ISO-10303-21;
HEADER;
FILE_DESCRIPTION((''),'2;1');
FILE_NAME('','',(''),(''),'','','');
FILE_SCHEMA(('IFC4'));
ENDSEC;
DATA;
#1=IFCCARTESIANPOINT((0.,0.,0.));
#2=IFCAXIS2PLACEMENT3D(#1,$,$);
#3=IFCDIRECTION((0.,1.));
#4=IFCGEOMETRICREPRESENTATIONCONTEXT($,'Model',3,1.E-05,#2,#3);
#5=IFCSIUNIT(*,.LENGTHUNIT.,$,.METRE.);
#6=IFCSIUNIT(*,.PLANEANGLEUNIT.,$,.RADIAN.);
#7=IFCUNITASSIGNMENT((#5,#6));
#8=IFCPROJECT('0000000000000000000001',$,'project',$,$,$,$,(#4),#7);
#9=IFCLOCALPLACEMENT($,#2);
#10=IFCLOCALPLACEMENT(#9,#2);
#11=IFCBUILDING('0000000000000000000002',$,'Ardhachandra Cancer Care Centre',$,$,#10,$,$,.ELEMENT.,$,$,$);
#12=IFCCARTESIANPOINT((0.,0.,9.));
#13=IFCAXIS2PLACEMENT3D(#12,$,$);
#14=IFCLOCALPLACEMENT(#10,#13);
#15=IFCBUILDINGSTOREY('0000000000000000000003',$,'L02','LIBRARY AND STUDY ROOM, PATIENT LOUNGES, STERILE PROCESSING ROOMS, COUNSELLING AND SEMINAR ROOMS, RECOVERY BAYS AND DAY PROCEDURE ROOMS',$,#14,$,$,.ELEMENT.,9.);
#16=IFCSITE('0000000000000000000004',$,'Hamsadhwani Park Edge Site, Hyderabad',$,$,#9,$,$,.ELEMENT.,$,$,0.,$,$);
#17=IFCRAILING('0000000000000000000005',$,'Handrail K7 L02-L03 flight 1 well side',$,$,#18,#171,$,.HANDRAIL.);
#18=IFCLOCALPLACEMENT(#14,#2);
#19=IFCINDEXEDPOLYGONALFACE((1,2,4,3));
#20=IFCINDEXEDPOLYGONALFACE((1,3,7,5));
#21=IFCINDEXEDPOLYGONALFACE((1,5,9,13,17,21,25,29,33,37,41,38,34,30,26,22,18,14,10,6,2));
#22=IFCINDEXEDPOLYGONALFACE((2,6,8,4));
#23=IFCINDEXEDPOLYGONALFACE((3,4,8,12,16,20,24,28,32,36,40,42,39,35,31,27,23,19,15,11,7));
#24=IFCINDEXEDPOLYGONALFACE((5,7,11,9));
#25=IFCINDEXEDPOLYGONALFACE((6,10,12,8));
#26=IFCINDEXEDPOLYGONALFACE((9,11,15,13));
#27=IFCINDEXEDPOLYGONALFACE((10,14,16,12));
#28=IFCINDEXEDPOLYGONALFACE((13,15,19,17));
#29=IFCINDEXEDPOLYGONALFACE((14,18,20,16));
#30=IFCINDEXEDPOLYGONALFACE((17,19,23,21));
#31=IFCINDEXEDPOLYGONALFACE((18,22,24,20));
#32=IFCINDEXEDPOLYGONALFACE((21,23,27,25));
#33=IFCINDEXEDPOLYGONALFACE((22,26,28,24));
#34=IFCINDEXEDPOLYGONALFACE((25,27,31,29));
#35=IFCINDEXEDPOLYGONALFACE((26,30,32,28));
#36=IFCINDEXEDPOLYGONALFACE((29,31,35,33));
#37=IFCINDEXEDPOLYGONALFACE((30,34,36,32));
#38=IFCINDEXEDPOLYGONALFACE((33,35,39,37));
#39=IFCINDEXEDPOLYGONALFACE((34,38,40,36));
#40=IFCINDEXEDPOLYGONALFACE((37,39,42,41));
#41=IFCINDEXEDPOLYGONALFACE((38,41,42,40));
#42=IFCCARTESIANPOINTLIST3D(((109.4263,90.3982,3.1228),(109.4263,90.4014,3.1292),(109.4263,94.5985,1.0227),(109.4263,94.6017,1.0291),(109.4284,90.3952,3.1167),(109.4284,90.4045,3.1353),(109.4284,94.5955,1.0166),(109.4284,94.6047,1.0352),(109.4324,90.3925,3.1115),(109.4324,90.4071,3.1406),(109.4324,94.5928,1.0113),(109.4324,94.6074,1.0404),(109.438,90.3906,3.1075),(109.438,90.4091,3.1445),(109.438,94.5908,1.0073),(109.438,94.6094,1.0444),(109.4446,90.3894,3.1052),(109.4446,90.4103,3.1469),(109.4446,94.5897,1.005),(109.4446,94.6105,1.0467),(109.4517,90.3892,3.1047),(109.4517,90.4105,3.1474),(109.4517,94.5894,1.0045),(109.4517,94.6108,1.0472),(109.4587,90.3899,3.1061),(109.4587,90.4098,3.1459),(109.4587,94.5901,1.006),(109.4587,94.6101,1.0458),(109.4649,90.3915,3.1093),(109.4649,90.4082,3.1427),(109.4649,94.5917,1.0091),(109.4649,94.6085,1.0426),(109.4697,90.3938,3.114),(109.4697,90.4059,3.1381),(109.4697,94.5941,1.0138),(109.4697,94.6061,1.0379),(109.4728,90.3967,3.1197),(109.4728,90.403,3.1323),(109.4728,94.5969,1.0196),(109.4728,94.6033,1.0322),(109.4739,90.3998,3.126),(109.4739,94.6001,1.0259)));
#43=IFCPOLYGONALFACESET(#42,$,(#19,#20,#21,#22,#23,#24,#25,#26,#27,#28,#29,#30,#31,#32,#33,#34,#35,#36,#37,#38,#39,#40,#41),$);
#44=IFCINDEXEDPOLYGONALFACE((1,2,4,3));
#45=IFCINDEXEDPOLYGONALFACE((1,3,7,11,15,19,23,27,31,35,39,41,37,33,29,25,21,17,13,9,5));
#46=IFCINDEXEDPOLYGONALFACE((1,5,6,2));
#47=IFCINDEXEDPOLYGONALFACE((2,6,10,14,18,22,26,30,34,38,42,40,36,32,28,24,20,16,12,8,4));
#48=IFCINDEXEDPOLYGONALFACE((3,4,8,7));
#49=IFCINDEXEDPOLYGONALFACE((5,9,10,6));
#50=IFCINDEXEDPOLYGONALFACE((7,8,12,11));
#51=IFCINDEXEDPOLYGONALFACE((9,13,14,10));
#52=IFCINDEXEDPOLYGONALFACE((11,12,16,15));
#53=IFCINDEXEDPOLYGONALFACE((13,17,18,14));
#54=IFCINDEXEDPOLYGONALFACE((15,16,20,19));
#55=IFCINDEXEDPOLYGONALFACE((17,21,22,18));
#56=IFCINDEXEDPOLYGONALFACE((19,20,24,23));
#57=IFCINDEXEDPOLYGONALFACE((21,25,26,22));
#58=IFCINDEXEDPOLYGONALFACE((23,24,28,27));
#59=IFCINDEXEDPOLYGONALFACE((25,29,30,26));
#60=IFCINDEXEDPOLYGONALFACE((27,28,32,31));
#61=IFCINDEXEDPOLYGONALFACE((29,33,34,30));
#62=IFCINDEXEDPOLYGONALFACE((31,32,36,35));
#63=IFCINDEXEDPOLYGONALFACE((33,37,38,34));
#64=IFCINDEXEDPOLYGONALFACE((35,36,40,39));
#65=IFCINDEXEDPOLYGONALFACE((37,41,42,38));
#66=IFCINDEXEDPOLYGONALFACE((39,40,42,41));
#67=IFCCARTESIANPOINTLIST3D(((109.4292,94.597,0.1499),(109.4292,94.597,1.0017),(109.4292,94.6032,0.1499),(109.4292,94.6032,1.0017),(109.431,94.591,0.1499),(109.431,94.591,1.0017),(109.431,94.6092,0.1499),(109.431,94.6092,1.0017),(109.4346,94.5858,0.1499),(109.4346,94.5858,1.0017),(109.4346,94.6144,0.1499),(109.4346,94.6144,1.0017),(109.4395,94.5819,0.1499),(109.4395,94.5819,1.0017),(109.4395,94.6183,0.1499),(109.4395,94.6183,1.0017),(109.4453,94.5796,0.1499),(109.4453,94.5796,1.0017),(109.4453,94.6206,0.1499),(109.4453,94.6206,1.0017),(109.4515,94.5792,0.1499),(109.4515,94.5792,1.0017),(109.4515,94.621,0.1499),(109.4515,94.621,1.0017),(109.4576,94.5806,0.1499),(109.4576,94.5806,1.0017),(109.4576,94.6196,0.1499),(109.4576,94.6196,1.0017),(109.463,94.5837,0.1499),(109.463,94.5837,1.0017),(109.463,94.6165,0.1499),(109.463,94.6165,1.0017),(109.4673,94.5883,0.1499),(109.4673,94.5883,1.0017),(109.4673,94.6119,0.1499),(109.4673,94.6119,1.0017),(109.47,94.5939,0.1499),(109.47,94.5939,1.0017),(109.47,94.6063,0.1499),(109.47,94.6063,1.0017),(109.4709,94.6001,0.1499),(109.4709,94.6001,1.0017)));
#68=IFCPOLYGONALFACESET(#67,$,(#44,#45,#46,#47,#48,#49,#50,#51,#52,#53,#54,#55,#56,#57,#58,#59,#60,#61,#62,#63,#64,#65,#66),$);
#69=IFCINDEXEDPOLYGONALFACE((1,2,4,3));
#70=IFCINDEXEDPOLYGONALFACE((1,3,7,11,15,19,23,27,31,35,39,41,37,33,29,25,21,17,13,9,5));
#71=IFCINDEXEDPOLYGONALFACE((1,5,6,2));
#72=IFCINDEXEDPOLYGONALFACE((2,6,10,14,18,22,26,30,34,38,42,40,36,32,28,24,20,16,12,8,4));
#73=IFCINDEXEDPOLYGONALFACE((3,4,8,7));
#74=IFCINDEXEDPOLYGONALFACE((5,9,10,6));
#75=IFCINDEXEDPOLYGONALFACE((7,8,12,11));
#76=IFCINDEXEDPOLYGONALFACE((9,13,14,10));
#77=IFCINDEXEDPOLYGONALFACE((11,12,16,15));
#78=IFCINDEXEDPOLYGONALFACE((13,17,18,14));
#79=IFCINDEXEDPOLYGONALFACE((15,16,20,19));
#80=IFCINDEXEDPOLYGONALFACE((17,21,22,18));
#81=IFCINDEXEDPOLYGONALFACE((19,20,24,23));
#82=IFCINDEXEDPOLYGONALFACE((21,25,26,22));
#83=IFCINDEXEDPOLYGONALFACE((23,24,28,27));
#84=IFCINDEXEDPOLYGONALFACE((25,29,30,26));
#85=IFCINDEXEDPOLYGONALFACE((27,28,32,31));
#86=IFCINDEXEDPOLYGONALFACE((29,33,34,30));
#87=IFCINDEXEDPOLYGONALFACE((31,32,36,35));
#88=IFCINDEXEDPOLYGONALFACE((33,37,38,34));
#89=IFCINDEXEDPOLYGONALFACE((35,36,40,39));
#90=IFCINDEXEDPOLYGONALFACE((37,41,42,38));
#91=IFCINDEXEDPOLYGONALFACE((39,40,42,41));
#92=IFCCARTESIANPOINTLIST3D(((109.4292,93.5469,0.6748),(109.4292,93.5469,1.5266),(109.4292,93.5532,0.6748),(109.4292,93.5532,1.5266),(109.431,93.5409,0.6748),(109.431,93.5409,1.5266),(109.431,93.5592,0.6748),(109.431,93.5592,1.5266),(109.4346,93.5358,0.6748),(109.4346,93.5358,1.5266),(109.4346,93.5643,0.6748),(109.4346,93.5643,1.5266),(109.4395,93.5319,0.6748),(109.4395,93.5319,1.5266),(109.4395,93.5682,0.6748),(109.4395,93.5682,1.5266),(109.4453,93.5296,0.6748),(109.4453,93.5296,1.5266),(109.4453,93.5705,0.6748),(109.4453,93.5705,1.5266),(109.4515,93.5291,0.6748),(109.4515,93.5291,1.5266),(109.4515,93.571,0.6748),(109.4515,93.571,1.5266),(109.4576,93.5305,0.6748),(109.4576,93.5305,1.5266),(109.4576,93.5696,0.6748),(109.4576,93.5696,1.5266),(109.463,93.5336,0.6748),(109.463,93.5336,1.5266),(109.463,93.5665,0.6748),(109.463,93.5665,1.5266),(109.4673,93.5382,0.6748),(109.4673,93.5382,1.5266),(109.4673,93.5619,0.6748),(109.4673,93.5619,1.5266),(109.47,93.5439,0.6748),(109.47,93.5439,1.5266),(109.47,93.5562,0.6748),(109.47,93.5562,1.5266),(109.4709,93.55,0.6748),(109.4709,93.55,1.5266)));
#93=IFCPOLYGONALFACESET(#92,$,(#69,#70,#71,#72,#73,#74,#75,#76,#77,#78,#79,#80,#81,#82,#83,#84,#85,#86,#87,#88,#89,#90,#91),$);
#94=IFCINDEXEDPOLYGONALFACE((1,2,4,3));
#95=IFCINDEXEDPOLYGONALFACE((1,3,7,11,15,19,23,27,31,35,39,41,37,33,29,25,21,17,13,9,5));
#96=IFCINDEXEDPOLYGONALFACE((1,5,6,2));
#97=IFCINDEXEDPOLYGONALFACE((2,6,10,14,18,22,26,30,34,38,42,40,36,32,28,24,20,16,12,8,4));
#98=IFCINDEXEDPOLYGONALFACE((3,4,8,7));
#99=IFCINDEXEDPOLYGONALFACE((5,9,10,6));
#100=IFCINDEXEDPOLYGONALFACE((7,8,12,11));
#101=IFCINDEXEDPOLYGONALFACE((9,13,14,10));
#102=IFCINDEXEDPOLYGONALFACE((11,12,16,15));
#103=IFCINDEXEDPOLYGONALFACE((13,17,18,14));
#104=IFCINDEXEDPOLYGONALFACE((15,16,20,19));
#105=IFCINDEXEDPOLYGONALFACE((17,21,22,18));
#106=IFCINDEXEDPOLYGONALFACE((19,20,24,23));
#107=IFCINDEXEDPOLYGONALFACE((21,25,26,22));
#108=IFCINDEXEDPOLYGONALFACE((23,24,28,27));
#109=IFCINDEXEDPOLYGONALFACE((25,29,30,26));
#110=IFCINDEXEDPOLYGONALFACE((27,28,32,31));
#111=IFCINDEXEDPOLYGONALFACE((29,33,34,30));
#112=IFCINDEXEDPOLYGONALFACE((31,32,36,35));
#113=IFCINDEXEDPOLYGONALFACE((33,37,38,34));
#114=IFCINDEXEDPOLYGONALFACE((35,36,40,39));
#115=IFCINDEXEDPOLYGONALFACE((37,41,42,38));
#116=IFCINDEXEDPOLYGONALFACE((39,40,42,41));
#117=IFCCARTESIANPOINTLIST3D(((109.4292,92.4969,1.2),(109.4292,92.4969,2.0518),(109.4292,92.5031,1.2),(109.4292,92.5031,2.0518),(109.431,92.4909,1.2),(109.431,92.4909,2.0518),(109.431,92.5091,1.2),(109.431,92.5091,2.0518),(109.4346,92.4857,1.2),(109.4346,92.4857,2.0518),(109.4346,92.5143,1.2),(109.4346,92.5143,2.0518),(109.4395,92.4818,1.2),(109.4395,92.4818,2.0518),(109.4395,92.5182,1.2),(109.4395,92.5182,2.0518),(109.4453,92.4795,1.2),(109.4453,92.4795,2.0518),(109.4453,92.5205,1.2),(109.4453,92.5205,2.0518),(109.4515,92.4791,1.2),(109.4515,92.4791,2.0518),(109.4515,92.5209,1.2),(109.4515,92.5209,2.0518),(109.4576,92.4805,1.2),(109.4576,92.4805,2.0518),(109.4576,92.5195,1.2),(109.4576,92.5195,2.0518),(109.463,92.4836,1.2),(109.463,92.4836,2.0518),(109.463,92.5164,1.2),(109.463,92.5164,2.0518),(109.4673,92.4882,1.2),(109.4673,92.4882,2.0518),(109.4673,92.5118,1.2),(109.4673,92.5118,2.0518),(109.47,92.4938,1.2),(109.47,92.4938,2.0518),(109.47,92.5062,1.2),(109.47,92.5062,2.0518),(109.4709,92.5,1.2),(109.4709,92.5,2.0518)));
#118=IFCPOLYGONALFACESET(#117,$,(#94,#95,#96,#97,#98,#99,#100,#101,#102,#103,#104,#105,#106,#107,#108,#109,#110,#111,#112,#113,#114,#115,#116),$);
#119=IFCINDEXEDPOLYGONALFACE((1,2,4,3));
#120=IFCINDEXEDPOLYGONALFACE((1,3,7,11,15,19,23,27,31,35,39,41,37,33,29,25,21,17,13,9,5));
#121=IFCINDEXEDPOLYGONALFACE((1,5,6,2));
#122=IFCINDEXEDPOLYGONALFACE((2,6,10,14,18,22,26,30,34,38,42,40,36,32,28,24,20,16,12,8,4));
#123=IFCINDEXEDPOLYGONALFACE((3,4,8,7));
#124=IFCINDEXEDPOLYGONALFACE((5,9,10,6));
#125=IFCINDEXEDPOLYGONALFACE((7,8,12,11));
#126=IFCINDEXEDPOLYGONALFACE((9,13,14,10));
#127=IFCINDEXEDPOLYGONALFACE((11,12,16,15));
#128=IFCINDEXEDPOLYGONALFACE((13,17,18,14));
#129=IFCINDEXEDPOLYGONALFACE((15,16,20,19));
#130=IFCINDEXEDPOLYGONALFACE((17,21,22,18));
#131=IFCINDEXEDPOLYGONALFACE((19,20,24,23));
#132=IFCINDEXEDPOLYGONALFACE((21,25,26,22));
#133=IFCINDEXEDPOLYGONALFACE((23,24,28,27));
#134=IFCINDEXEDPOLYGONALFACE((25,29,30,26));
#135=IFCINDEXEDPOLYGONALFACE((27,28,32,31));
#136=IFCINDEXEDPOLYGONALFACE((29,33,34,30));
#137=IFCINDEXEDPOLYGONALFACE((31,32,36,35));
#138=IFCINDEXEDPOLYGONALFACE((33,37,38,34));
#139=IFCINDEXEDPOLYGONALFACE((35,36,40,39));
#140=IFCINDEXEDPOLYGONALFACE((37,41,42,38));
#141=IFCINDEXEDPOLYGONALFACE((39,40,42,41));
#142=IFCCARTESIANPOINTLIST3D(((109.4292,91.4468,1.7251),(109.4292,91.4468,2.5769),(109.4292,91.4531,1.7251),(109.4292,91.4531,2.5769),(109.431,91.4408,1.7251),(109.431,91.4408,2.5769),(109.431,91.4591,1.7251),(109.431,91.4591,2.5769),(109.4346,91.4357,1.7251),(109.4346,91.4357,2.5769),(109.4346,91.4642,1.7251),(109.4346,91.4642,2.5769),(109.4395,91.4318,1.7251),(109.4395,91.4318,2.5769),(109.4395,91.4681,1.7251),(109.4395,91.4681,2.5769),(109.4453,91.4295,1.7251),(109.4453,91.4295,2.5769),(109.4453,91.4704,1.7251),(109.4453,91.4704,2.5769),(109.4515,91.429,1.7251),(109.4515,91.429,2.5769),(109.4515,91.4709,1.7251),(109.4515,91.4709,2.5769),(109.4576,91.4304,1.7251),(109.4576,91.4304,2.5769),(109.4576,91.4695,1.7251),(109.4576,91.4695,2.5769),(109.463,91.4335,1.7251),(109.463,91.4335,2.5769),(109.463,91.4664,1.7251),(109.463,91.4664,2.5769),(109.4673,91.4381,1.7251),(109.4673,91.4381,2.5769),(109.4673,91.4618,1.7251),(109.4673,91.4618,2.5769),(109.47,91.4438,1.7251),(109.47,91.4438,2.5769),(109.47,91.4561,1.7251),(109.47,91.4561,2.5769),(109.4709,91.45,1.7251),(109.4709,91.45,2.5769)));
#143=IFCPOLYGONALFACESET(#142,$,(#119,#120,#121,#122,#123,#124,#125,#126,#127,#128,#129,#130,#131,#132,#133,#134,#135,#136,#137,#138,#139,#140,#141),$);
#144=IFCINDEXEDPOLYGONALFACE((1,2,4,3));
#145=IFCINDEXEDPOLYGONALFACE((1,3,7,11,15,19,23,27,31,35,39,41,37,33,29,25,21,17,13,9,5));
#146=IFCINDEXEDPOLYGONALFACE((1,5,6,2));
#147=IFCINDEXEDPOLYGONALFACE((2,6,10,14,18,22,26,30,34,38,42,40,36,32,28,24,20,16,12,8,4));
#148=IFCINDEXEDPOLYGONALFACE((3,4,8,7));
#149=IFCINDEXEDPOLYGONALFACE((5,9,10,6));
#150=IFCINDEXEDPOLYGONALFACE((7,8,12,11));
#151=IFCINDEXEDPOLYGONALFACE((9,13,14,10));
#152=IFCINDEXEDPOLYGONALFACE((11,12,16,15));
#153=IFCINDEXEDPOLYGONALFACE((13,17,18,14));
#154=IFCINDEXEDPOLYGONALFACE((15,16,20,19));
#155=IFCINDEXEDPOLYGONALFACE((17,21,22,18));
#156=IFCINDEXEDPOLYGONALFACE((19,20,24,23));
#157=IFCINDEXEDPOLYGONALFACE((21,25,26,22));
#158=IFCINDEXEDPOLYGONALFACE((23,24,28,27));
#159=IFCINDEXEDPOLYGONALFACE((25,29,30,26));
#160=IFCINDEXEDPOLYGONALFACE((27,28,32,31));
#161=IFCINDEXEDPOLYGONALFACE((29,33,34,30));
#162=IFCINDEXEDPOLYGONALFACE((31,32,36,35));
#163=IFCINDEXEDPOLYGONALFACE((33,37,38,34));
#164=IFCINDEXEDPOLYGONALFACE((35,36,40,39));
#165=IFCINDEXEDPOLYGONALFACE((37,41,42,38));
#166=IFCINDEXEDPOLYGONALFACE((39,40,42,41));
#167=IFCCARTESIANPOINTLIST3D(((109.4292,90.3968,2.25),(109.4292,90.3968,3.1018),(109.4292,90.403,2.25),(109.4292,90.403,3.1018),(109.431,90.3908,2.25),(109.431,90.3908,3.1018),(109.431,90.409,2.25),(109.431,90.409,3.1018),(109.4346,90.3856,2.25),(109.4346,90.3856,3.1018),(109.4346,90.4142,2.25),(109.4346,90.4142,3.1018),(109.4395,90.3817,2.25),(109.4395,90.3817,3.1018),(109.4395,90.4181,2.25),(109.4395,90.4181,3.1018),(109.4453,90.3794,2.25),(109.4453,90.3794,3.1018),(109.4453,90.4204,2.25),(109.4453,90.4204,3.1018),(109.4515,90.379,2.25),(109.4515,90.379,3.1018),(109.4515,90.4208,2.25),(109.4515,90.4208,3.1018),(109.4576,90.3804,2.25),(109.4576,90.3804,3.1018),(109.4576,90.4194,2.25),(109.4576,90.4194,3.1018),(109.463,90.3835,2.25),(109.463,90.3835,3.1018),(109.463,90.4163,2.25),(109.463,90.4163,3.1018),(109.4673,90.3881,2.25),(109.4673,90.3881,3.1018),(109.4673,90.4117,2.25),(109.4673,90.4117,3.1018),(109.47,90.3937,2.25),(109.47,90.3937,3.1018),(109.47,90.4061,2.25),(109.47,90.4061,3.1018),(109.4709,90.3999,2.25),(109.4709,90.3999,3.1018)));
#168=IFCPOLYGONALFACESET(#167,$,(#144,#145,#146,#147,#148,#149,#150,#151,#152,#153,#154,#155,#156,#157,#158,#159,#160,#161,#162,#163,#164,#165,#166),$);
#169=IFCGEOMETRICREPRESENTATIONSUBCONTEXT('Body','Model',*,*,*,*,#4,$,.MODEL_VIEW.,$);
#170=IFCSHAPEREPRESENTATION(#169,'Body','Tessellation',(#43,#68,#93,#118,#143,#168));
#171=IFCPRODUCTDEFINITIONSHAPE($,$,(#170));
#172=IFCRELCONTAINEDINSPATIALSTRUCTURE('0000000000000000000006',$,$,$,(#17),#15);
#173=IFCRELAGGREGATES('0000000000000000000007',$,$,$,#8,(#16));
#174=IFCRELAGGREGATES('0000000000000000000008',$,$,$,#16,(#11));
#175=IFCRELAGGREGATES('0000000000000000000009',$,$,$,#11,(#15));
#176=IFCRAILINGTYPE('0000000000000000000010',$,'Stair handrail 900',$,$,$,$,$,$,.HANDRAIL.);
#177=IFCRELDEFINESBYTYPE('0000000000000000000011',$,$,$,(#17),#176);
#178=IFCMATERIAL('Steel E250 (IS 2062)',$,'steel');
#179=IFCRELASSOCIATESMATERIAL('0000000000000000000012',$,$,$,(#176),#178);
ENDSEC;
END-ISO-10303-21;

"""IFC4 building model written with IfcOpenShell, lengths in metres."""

from ifc_helpers import new_model, si_unit, direction, frame, origin, origin_2d, place, context, subcontext, project, spatial, circle, extrude, material, type_object, element, save


model = new_model("IFC4")

# Units and contexts
model_context = context("Model", 3, precision=1e-05, world=origin(), true_north=direction((0.0, 1.0)))
body_context = subcontext(model_context, "Body", "Model", "MODEL_VIEW")
ifc_project = project(units=[si_unit("LENGTHUNIT", "METRE"), si_unit("PLANEANGLEUNIT", "RADIAN")], contexts=[model_context])

# Site, building, storey
site_placement = place(None, origin())
site = spatial("IfcSite", under=ifc_project, at=site_placement, Name="Hamsadhwani Park Edge Site, Hyderabad", CompositionType="ELEMENT", RefElevation=0.0)
building_placement = place(site_placement, origin())
building = spatial("IfcBuilding", under=site, at=building_placement, Name="Ardhachandra Cancer Care Centre", CompositionType="ELEMENT")
storey_placement = place(building_placement, frame((0.0, 0.0, 9.0)))
storey = spatial("IfcBuildingStorey", under=building, at=storey_placement, Name="L02", Description="LIBRARY AND STUDY ROOM, PATIENT LOUNGES, STERILE PROCESSING ROOMS, COUNSELLING AND SEMINAR ROOMS, RECOVERY BAYS AND DAY PROCEDURE ROOMS", CompositionType="ELEMENT", Elevation=9.0)

# Railing
ifc_material_1 = material(Name="Steel E250 (IS 2062)", Category="steel")
railing_type_1 = type_object("IfcRailingType", Name="Stair handrail 900", PredefinedType="HANDRAIL", material=ifc_material_1)
for number, where, name in (
    (1, (109.45, 94.6001, 0.1499), "Handrail K7 L02-L03 flight 1 well side"),
):
    element("IfcRailing", number, at=place(storey_placement, frame(where)), inside=storey, type_object=railing_type_1, Name=name, PredefinedType="HANDRAIL", context=body_context, shape_type="SweptSolid", body=[
        extrude(circle(Radius=0.0239, at=origin_2d()), frame((0.0, 0.0, 0.876), z_axis=(0.0, -0.894427, 0.447214), x_axis=(1.0, 0.0, 0.0)), (0.0, 0.0, 1.0), 4.696),
        extrude(circle(Radius=0.021, at=origin_2d()), origin(), (0.0, 0.0, 1.0), 0.8518),
        extrude(circle(Radius=0.021, at=origin_2d()), frame((0.0, -1.05, 0.5249)), (0.0, 0.0, 1.0), 0.8518),
        extrude(circle(Radius=0.021, at=origin_2d()), frame((0.0, -2.1001, 1.05)), (0.0, 0.0, 1.0), 0.8518),
        extrude(circle(Radius=0.021, at=origin_2d()), frame((0.0, -3.1501, 1.5752)), (0.0, 0.0, 1.0), 0.8518),
        extrude(circle(Radius=0.021, at=origin_2d()), frame((0.0, -4.2002, 2.1001)), (0.0, 0.0, 1.0), 0.8518),
    ])

save(model, "model.ifc")
